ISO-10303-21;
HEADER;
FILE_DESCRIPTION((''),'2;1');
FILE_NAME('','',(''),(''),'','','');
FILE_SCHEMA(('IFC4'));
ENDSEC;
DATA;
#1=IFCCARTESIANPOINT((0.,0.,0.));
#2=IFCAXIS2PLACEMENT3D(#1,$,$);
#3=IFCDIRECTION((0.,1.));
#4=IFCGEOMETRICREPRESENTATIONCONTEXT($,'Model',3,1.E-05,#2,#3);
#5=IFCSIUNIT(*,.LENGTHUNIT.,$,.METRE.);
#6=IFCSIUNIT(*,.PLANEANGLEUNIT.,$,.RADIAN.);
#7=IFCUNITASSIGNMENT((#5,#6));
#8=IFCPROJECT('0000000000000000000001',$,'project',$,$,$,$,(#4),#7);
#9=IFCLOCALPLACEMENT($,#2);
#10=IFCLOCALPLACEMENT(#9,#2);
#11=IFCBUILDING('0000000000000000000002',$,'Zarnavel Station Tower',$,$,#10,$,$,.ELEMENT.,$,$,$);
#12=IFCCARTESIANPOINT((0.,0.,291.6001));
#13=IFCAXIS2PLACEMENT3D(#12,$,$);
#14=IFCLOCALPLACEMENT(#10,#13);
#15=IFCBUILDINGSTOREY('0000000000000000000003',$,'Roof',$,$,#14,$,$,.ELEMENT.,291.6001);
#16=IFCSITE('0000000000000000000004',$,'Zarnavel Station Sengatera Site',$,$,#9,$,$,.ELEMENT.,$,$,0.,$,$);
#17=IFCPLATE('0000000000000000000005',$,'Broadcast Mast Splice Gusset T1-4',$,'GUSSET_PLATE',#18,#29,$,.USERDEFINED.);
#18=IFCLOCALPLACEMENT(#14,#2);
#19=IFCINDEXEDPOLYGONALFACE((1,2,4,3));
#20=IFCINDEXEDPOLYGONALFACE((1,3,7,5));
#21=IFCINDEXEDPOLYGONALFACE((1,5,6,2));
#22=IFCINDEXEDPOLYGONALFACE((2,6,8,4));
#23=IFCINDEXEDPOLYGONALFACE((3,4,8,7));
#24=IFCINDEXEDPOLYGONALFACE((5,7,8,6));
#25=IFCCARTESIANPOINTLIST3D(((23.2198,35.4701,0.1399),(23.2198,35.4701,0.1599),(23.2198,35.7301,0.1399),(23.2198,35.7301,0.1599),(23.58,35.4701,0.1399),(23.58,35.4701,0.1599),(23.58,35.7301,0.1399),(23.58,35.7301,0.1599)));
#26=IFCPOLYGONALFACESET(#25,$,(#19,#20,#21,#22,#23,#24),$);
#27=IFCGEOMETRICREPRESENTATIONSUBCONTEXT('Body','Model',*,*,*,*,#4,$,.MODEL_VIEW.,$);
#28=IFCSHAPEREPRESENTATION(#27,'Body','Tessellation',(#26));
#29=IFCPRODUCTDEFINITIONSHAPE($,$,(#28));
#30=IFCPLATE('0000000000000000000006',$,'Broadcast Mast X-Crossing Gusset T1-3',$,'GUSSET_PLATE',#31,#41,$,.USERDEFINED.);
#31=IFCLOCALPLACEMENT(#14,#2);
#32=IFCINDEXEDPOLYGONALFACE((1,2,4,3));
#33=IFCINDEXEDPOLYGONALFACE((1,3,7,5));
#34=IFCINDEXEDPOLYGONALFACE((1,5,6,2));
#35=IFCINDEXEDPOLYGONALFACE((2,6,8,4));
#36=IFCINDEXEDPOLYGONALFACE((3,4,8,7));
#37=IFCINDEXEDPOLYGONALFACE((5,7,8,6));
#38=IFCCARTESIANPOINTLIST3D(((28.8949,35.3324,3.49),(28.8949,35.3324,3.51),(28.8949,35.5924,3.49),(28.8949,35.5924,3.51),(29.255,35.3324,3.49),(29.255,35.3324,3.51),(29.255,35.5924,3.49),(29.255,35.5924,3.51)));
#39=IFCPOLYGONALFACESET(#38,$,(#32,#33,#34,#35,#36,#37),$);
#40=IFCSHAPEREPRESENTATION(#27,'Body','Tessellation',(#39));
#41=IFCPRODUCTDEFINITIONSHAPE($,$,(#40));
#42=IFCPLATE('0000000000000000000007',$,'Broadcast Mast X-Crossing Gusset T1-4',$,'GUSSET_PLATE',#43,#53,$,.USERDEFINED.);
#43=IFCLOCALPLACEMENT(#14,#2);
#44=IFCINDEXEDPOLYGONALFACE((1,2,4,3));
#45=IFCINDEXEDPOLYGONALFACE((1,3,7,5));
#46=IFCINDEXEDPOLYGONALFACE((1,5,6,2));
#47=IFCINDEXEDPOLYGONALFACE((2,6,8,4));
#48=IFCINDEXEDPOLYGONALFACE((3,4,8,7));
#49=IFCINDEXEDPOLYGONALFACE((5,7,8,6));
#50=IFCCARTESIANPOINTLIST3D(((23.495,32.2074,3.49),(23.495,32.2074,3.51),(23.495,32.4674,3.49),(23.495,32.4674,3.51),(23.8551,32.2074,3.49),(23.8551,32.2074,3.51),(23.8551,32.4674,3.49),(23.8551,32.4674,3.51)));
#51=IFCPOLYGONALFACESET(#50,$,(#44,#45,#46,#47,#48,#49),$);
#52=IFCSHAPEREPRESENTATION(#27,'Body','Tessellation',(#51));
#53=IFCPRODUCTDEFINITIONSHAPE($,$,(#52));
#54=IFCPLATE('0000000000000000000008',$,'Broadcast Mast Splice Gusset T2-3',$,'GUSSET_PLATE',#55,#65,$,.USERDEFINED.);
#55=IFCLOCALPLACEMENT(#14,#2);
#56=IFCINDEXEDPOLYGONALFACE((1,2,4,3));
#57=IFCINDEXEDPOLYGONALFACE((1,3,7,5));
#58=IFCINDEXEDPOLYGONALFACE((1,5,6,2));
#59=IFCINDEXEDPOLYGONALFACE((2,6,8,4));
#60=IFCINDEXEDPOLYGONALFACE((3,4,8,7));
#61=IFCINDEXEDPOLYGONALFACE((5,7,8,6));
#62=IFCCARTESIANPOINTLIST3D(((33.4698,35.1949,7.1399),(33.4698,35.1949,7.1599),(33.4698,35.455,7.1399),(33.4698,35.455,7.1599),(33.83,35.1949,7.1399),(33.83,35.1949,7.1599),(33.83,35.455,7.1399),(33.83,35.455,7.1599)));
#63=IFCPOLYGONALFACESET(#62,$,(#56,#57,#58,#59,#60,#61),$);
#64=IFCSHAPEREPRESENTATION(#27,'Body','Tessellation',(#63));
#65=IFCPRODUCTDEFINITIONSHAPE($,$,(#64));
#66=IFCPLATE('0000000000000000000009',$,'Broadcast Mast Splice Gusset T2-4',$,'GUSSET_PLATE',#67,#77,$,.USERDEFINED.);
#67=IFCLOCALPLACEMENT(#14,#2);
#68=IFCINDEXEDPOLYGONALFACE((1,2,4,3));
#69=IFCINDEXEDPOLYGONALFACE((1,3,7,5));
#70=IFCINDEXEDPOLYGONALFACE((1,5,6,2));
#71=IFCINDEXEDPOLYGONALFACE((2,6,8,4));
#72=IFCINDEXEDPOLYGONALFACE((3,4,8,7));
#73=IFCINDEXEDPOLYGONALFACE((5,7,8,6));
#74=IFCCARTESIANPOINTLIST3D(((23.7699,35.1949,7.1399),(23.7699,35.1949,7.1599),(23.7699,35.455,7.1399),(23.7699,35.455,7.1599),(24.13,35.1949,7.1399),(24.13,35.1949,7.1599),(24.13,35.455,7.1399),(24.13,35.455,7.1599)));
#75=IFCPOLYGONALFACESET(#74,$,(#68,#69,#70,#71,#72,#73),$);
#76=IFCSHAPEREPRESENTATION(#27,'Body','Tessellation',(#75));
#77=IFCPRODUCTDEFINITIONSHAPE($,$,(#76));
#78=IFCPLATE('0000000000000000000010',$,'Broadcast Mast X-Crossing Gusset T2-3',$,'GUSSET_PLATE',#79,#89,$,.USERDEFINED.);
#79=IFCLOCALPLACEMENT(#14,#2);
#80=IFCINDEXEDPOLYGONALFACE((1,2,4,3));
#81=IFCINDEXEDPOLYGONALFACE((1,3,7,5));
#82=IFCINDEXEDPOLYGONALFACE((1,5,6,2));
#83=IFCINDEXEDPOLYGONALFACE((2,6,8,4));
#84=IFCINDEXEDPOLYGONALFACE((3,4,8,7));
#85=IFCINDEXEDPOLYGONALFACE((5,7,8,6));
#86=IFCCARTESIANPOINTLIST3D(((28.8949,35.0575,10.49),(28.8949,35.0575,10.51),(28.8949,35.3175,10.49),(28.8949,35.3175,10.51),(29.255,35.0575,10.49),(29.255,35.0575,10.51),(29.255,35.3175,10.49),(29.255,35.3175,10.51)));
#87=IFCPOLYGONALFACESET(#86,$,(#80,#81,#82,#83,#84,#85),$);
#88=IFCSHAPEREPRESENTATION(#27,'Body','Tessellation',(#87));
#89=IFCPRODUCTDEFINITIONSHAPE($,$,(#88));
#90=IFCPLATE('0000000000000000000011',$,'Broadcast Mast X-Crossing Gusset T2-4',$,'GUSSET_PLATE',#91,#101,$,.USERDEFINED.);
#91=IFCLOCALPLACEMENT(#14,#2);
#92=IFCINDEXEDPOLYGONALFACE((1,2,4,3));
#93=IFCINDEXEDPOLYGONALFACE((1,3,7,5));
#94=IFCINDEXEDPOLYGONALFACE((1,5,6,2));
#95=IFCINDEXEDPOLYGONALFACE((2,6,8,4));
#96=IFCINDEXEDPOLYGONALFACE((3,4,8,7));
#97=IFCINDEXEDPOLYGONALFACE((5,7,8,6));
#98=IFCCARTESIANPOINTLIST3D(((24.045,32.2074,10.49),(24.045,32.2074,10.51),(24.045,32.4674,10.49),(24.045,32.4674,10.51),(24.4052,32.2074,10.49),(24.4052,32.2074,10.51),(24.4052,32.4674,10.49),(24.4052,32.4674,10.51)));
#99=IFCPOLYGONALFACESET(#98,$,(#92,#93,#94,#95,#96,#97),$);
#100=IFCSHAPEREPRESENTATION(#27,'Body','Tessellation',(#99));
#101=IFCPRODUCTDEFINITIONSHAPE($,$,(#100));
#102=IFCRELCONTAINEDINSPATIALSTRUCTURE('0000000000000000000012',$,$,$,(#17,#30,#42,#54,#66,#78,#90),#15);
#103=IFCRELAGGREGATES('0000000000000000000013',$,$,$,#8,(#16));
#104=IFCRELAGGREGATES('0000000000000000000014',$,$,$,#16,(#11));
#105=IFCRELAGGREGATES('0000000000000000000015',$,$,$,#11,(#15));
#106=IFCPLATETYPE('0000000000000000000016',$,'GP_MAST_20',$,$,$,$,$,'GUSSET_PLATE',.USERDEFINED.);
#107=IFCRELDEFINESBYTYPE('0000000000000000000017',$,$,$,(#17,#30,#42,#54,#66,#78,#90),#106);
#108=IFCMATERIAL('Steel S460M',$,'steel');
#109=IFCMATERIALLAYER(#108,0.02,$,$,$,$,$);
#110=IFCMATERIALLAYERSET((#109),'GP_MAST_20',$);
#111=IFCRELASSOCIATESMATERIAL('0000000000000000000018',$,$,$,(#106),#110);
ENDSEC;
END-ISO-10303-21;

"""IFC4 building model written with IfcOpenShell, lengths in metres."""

from ifc_helpers import new_model, si_unit, direction, frame, origin, origin_2d, place, context, subcontext, project, spatial, rectangle, extrude, material, layer, layer_set, type_object, element, save


model = new_model("IFC4")

# Units and contexts
model_context = context("Model", 3, precision=1e-05, world=origin(), true_north=direction((0.0, 1.0)))
body_context = subcontext(model_context, "Body", "Model", "MODEL_VIEW")
ifc_project = project(units=[si_unit("LENGTHUNIT", "METRE"), si_unit("PLANEANGLEUNIT", "RADIAN")], contexts=[model_context])

# Site, building, storey
site_placement = place(None, origin())
site = spatial("IfcSite", under=ifc_project, at=site_placement, Name="Zarnavel Station Sengatera Site", CompositionType="ELEMENT", RefElevation=0.0)
building_placement = place(site_placement, origin())
building = spatial("IfcBuilding", under=site, at=building_placement, Name="Zarnavel Station Tower", CompositionType="ELEMENT")
storey_placement = place(building_placement, frame((0.0, 0.0, 291.6001)))
storey = spatial("IfcBuildingStorey", under=building, at=storey_placement, Name="Roof", CompositionType="ELEMENT", Elevation=291.6001)

# Plates
ifc_material_1 = material(Name="Steel S460M", Category="steel")
ifc_layer = layer(ifc_material_1, 0.02)
ifc_layer_set = layer_set([ifc_layer], Name="GP_MAST_20")
plate_type = type_object("IfcPlateType", Name="GP_MAST_20", ElementType="GUSSET_PLATE", PredefinedType="USERDEFINED", material=ifc_layer_set)
for number, where, z_axis, x_axis, name in (
    (1, (23.3999, 35.6001, 0.1399), (0.0, 0.0, 1.0), (1.0, 0.0, 0.0), "Broadcast Mast Splice Gusset T1-4"),
    (2, (29.075, 35.4624, 3.49), (0.0, 0.0, 1.0), (1.0, 0.0, 0.0), "Broadcast Mast X-Crossing Gusset T1-3"),
    (3, (23.675, 32.3374, 3.49), (0.0, 0.0, 1.0), (1.0, 0.0, 0.0), "Broadcast Mast X-Crossing Gusset T1-4"),
    (4, (33.6499, 35.325, 7.1399), (0.0, 0.0, 1.0), (1.0, 0.0, 0.0), "Broadcast Mast Splice Gusset T2-3"),
    (5, (23.95, 35.325, 7.1399), (0.0, 0.0, 1.0), (1.0, 0.0, 0.0), "Broadcast Mast Splice Gusset T2-4"),
    (6, (29.075, 35.1875, 10.49), (0.0, 0.0, 1.0), (1.0, 0.0, 0.0), "Broadcast Mast X-Crossing Gusset T2-3"),
    (7, (24.2251, 32.3374, 10.49), (0.0, 0.0, 1.0), (1.0, 0.0, 0.0), "Broadcast Mast X-Crossing Gusset T2-4"),
):
    element("IfcPlate", number, at=place(storey_placement, frame(where, z_axis=z_axis, x_axis=x_axis)), inside=storey, type_object=plate_type, Name=name, ObjectType="GUSSET_PLATE", PredefinedType="USERDEFINED", context=body_context, shape_type="SweptSolid", body=[
        extrude(rectangle(XDim=0.3601, YDim=0.26, at=origin_2d()), origin(), (0.0, 0.0, 1.0), 0.02),
    ])

save(model, "model.ifc")
